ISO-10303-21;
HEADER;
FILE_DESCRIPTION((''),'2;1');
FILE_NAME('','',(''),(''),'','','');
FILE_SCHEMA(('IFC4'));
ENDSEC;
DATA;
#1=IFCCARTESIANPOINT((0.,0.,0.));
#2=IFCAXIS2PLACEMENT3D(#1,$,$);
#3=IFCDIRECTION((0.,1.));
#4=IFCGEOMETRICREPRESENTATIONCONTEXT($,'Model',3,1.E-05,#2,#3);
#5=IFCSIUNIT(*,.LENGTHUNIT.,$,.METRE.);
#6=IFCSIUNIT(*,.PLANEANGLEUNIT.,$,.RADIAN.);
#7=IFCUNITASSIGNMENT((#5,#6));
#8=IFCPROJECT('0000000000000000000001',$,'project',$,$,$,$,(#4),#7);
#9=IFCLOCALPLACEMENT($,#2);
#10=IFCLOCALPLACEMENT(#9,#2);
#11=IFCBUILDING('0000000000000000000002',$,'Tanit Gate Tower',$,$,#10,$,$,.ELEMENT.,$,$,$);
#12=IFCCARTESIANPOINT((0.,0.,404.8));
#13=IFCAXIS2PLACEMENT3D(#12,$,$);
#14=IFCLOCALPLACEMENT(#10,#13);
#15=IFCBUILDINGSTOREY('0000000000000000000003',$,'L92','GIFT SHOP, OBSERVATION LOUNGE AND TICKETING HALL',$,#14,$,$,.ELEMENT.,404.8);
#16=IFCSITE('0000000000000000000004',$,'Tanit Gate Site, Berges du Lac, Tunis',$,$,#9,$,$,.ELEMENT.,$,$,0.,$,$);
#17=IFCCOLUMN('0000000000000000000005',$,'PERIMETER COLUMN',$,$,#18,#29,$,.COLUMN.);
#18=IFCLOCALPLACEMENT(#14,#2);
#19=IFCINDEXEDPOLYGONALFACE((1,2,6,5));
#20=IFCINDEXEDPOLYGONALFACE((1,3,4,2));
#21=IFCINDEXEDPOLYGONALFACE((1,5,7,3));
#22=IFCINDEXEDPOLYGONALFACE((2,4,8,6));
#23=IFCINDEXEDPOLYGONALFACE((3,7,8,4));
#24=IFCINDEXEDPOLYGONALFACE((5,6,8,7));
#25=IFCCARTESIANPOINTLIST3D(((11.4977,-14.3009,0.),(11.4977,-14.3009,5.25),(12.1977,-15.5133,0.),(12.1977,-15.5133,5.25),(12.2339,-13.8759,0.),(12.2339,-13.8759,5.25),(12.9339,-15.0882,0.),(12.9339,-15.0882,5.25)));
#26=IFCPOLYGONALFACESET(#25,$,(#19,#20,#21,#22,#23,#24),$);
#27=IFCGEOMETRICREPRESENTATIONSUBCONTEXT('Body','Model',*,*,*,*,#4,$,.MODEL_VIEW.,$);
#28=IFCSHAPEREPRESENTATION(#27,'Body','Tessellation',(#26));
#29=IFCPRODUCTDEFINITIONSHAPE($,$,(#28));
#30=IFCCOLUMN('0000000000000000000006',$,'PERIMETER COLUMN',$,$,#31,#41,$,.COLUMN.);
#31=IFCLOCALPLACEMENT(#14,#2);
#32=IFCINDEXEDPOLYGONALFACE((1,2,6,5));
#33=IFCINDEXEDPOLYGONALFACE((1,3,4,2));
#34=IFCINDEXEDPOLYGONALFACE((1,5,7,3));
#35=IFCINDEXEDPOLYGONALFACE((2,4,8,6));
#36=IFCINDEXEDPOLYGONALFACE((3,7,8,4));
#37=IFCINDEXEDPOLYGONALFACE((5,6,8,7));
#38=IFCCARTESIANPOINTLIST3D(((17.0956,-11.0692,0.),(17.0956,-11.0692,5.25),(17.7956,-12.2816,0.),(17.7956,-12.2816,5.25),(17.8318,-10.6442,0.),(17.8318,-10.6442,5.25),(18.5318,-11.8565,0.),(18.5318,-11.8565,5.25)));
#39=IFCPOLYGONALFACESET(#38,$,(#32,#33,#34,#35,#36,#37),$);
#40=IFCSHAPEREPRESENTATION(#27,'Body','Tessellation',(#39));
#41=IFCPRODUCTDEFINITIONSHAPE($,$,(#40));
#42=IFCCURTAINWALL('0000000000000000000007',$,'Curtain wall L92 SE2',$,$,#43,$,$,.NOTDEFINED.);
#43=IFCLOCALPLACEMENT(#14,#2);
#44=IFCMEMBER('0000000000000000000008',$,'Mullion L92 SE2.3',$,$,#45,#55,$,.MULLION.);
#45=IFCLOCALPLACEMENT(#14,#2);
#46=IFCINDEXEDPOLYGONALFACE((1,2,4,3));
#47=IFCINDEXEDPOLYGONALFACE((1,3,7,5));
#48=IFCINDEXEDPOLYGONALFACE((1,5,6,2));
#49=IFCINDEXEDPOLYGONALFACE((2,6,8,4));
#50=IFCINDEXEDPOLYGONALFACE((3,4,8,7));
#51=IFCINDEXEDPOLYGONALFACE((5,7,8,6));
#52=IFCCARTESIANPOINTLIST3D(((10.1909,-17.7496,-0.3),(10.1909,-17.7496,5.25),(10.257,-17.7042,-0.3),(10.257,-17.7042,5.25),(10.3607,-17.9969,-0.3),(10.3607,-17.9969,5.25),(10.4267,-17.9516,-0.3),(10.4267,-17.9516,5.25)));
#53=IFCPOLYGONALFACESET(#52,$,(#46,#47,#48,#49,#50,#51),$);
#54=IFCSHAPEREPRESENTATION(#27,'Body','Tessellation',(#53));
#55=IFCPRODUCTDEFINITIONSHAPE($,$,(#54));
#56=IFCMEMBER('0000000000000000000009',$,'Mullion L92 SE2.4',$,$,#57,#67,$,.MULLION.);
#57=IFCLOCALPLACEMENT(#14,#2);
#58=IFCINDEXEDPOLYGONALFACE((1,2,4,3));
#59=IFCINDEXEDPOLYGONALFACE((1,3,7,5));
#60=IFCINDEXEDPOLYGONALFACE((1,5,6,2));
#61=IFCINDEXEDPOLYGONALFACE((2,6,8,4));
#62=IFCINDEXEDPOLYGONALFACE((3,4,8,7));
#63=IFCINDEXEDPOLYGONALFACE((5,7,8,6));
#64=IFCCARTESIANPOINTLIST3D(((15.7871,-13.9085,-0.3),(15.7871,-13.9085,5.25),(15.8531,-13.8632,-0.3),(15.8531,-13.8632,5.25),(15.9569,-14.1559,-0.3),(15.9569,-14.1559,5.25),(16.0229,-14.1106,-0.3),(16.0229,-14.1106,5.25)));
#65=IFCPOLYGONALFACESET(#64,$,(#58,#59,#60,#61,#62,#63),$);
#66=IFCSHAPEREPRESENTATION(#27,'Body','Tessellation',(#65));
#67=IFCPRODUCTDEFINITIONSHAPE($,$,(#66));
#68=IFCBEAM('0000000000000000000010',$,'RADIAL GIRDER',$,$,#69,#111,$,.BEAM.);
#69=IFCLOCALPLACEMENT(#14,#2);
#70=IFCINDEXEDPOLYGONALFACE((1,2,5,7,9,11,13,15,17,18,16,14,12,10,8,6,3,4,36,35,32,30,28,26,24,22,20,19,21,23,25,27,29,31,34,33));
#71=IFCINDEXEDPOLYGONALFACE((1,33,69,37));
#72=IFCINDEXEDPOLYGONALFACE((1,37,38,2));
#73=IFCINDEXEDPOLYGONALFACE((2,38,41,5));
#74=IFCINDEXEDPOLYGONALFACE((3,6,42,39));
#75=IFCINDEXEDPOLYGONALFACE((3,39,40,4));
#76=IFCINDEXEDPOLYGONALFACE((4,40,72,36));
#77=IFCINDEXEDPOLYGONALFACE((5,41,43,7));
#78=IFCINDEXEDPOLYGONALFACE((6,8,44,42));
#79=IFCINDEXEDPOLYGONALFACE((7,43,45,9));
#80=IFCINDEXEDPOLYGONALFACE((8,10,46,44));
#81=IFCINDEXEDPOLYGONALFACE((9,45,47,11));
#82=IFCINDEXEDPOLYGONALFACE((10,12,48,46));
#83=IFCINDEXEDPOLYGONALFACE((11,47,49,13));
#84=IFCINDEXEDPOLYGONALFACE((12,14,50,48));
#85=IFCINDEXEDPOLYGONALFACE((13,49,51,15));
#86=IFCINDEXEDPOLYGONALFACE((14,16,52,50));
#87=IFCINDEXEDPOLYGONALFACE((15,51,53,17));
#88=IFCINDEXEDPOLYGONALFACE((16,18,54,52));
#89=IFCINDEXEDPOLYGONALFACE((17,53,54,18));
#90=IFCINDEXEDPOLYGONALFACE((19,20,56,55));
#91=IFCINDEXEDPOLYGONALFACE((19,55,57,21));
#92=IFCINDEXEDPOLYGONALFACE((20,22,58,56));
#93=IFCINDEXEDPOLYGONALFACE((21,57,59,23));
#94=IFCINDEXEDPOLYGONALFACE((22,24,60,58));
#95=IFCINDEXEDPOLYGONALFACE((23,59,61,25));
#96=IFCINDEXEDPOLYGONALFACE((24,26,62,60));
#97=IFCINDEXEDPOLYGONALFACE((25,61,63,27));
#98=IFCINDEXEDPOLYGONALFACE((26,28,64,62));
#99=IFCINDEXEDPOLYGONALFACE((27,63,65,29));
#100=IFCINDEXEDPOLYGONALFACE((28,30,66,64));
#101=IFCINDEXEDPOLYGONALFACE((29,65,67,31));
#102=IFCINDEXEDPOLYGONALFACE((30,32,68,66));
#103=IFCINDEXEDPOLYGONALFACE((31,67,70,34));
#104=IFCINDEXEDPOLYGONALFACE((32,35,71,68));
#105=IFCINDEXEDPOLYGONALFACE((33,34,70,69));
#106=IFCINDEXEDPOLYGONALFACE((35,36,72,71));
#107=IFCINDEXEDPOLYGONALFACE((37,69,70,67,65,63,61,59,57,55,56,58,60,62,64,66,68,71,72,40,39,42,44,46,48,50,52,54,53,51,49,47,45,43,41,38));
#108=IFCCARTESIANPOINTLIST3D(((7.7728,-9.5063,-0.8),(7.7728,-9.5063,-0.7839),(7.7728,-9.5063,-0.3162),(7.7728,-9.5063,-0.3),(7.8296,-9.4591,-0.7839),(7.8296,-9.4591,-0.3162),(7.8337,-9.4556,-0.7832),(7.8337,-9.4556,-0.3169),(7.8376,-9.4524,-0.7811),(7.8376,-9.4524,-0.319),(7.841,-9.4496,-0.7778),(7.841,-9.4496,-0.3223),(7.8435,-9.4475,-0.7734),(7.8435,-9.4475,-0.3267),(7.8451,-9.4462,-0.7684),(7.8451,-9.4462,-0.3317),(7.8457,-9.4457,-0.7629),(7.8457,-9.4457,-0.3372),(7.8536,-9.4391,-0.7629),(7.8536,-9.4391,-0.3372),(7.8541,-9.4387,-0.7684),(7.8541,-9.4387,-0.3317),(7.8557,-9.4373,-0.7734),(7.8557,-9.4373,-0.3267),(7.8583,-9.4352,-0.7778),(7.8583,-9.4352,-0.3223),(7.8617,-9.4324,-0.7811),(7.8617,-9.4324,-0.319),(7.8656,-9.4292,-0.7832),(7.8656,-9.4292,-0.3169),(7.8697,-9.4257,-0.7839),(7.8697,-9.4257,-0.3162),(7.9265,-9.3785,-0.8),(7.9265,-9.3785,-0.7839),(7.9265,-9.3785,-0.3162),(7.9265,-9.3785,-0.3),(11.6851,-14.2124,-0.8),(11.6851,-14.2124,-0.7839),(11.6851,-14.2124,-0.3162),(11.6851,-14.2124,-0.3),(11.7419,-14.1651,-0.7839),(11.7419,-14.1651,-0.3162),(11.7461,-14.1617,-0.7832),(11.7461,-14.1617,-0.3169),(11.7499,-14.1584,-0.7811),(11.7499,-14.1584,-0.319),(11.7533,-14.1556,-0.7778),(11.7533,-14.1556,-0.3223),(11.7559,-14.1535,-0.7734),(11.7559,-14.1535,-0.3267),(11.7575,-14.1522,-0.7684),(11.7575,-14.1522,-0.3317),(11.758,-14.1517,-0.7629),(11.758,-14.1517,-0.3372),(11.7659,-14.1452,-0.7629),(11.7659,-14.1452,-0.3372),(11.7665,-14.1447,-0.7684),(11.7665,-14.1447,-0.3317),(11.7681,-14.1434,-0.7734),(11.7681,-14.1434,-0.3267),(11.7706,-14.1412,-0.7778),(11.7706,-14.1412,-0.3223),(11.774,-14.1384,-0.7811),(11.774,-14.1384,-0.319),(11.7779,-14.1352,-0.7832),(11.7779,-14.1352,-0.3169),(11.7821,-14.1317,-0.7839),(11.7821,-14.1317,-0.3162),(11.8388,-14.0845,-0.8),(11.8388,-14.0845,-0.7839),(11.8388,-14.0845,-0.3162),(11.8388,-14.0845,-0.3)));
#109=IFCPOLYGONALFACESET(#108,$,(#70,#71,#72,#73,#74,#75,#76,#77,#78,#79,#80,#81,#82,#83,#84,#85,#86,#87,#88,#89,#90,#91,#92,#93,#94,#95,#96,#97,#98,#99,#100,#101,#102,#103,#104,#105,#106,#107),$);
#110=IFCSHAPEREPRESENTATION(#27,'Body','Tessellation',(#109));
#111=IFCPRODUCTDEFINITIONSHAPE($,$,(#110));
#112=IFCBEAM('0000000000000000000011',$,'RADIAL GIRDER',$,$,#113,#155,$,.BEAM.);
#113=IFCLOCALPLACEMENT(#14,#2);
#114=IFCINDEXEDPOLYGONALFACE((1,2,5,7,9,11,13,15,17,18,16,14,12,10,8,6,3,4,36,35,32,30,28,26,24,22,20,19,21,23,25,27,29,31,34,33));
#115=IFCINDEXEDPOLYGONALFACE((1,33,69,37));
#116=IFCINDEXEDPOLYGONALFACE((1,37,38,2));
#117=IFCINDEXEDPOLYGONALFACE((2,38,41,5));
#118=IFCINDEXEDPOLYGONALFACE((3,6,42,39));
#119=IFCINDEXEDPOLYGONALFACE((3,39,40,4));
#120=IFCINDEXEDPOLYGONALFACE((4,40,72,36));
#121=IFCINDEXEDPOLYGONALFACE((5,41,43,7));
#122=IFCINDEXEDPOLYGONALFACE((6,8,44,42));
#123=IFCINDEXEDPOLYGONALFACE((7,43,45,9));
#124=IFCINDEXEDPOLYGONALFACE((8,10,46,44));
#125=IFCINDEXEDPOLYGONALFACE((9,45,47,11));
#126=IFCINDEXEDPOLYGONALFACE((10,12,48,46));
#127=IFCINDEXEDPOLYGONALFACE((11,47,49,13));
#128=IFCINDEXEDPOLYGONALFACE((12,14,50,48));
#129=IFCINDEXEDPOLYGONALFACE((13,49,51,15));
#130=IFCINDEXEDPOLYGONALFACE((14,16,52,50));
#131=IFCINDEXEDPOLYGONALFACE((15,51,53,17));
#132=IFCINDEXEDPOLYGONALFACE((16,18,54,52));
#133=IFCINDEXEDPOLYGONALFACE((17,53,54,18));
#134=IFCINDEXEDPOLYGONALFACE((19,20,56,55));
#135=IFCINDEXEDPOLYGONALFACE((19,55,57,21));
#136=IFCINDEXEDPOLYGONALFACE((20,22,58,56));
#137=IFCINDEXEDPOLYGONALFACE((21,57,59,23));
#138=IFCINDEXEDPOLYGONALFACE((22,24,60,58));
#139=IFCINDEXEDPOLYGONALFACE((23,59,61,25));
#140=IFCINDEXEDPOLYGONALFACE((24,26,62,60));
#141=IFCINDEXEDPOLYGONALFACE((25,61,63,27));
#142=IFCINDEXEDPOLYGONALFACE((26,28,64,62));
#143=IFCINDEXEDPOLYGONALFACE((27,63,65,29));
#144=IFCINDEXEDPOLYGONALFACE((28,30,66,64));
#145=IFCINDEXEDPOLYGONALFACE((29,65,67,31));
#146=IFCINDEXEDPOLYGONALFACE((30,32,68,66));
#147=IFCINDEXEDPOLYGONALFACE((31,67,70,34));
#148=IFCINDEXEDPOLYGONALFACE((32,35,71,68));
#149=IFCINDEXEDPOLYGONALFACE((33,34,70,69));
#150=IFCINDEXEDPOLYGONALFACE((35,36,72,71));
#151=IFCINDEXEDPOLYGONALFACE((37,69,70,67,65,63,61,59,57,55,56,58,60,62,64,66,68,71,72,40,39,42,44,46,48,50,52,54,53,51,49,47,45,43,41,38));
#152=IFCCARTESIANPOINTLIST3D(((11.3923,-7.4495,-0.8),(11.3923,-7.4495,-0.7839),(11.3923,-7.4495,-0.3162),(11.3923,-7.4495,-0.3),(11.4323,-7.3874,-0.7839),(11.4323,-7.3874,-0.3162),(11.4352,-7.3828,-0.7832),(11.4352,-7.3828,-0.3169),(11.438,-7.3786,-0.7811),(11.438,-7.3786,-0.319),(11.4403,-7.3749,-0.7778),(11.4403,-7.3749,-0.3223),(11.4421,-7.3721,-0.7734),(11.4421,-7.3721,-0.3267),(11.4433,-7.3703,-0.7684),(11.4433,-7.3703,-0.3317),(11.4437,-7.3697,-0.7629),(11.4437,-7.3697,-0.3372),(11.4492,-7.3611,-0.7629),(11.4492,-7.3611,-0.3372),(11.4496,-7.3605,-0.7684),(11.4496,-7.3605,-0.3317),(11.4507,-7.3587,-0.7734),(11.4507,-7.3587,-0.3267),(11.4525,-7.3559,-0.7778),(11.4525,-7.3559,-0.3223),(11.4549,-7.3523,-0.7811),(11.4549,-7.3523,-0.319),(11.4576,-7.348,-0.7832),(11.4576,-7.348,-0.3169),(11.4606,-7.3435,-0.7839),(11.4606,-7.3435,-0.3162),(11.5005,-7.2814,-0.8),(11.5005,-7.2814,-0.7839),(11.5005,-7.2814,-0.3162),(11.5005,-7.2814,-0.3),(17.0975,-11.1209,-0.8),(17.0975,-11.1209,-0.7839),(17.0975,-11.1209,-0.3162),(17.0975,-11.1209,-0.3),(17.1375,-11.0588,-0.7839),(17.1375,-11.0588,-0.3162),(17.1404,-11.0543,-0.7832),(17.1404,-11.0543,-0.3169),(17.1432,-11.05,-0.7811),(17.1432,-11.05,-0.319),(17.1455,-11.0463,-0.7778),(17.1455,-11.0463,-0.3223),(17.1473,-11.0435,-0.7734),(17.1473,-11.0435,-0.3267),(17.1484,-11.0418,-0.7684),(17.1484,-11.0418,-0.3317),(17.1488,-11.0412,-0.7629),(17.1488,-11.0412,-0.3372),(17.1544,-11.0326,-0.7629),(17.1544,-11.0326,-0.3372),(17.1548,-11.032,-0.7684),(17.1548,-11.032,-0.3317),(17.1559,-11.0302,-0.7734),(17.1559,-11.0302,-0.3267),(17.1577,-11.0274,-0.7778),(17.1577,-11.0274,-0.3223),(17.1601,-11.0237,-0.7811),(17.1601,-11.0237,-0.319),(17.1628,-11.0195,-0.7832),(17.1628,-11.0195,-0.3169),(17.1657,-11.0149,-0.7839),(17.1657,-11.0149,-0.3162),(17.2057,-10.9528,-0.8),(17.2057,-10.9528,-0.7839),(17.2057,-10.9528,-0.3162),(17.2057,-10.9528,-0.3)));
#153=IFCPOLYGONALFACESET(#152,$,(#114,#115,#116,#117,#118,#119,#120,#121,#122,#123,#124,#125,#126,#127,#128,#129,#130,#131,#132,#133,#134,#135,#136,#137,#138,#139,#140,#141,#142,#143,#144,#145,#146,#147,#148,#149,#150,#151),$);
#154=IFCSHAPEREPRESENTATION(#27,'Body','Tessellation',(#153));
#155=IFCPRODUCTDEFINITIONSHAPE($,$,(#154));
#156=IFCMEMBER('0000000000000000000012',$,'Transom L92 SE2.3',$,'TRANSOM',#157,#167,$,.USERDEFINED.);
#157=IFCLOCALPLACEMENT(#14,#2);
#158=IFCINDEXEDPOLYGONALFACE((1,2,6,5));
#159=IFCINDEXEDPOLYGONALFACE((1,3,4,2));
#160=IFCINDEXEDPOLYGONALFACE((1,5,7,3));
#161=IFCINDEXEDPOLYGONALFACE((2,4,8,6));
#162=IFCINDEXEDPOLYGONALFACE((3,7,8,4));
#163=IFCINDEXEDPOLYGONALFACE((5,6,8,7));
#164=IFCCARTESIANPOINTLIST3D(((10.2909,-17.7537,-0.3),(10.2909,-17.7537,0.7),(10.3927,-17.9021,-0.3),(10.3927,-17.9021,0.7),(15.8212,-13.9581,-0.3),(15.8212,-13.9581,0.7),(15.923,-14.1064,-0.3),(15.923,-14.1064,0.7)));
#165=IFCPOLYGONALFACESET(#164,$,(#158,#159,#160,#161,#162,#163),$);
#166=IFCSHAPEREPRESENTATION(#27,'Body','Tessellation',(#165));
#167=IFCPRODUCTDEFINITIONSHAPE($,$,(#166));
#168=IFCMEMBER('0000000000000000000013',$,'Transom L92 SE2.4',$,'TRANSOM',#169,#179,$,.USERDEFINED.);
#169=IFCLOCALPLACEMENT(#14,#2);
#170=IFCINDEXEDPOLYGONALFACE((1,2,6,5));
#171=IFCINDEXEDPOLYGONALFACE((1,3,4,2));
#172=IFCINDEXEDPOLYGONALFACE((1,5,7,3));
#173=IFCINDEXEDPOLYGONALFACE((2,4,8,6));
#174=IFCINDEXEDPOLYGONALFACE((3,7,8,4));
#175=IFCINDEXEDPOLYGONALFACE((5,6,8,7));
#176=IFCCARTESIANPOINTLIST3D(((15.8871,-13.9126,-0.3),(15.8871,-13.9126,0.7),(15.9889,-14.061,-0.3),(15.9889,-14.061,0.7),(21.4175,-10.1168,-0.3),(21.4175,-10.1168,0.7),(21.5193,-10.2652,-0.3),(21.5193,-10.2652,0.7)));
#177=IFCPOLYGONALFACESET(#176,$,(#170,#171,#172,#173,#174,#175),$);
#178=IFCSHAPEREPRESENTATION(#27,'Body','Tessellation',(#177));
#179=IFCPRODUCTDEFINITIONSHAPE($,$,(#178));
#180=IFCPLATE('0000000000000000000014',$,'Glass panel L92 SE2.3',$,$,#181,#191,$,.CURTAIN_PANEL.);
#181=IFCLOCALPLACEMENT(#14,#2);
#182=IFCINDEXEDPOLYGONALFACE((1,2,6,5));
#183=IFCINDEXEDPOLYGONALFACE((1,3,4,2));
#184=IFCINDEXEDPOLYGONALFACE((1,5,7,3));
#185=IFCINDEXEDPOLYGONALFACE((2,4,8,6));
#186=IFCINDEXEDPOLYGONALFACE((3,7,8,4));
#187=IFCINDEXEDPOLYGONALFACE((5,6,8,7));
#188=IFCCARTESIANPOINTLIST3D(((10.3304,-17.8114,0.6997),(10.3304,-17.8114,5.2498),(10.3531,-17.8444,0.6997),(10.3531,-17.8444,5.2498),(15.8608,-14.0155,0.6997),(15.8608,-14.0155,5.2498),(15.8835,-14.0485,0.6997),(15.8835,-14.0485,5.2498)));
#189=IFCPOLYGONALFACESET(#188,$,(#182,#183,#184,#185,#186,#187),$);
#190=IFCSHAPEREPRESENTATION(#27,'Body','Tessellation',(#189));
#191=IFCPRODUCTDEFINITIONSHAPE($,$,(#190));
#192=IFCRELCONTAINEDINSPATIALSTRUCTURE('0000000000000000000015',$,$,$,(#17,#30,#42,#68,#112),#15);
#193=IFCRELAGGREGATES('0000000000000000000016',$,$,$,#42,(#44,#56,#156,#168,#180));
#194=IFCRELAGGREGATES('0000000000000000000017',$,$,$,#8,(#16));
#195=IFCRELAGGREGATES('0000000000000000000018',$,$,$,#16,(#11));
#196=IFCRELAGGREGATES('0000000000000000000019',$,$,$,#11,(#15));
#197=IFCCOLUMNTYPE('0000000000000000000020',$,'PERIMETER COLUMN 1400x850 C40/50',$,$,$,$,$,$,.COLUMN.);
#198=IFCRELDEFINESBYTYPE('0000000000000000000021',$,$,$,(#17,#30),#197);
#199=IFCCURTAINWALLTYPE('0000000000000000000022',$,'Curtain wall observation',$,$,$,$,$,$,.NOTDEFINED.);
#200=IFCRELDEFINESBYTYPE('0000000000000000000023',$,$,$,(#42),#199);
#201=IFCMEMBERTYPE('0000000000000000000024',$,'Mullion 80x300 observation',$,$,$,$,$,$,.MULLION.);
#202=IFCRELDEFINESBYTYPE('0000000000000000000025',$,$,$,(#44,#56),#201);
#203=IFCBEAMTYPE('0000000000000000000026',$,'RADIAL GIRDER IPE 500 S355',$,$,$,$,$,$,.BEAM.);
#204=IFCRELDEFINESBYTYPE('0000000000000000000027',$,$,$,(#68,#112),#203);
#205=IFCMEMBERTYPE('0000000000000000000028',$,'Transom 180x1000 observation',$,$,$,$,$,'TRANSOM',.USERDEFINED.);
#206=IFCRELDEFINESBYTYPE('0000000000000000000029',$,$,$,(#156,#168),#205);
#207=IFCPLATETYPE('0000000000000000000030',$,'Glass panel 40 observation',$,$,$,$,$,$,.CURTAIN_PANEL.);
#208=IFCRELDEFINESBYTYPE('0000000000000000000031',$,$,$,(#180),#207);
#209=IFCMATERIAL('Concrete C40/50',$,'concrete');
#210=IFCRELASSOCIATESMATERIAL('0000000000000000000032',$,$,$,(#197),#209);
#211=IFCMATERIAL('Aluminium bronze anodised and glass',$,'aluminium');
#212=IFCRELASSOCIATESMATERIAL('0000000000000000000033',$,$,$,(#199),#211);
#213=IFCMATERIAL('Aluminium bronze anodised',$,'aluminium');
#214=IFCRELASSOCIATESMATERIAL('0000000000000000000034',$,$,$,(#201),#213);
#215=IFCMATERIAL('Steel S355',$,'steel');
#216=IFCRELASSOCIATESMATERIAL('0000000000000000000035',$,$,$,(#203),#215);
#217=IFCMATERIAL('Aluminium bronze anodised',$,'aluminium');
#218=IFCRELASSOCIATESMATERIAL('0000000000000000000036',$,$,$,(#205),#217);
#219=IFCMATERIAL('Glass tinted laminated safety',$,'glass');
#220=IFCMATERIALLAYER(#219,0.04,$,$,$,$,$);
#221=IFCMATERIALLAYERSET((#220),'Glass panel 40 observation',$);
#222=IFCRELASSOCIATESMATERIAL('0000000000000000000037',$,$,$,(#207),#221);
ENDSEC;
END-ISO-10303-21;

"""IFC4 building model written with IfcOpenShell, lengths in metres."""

from ifc_helpers import new_model, si_unit, direction, frame, origin, origin_2d, place, context, subcontext, project, spatial, rectangle, i_section, extrude, material, layer, layer_set, material_profile, profile_set, type_object, element, aggregate, save


model = new_model("IFC4")

# Units and contexts
model_context = context("Model", 3, precision=1e-05, world=origin(), true_north=direction((0.0, 1.0)))
body_context = subcontext(model_context, "Body", "Model", "MODEL_VIEW")
ifc_project = project(units=[si_unit("LENGTHUNIT", "METRE"), si_unit("PLANEANGLEUNIT", "RADIAN")], contexts=[model_context])

# Site, building, storey
site_placement = place(None, origin())
site = spatial("IfcSite", under=ifc_project, at=site_placement, Name="Tanit Gate Site, Berges du Lac, Tunis", CompositionType="ELEMENT", RefElevation=0.0)
building_placement = place(site_placement, origin())
building = spatial("IfcBuilding", under=site, at=building_placement, Name="Tanit Gate Tower", CompositionType="ELEMENT")
storey_placement = place(building_placement, frame((0.0, 0.0, 404.8)))
storey = spatial("IfcBuildingStorey", under=building, at=storey_placement, Name="L92", Description="GIFT SHOP, OBSERVATION LOUNGE AND TICKETING HALL", CompositionType="ELEMENT", Elevation=404.8)

# Columns
ifc_material_1 = material(Name="Concrete C40/50", Category="concrete")
ifc_material_profile_1 = material_profile(ifc_material_1, rectangle(XDim=1.3999, YDim=0.8501, at=origin_2d()), Name="RC 1400x850")
ifc_profile_set_1 = profile_set([ifc_material_profile_1], Name="Concrete C40/50")
column_type = type_object("IfcColumnType", Name="PERIMETER COLUMN 1400x850 C40/50", PredefinedType="COLUMN", material=ifc_profile_set_1)
for number, where, z_axis, x_axis, name in (
    (1, (12.2158, -14.6946, 0.0), (0.0, 0.0, 1.0), (0.5, -0.866025, 0.0), "PERIMETER COLUMN"),
    (2, (17.8137, -11.4629, 0.0), (0.0, 0.0, 1.0), (0.5, -0.866025, 0.0), "PERIMETER COLUMN"),
):
    element("IfcColumn", number, at=place(storey_placement, frame(where, z_axis=z_axis, x_axis=x_axis)), inside=storey, type_object=column_type, Name=name, PredefinedType="COLUMN", context=body_context, shape_type="SweptSolid", body=[
        extrude(rectangle(XDim=1.3999, YDim=0.8501, at=origin_2d()), origin(), (0.0, 0.0, 1.0), 5.25),
    ])

# Curtain wall, members
ifc_material_2 = material(Name="Aluminium bronze anodised and glass", Category="aluminium")
curtain_wall_type = type_object("IfcCurtainWallType", Name="Curtain wall observation", PredefinedType="NOTDEFINED", material=ifc_material_2)
curtain_wall_placement = place(storey_placement, origin())
curtain_wall = element("IfcCurtainWall", 3, at=curtain_wall_placement, inside=storey, type_object=curtain_wall_type, Name="Curtain wall L92 SE2", PredefinedType="NOTDEFINED")
ifc_material_3 = material(Name="Aluminium bronze anodised", Category="aluminium")
ifc_material_profile_2 = material_profile(ifc_material_3, rectangle(XDim=0.3, YDim=0.0801, at=origin_2d()), Name="80x300 bronze mullion")
ifc_profile_set_2 = profile_set([ifc_material_profile_2], Name="Aluminium bronze anodised")
member_type_1 = type_object("IfcMemberType", Name="Mullion 80x300 observation", PredefinedType="MULLION", material=ifc_profile_set_2)
member_1_placement = place(storey_placement, frame((10.3088, -17.8506, -0.3), z_axis=(0.0, 0.0, 1.0), x_axis=(-0.565893, 0.824479, 0.0)))
member_1 = element("IfcMember", 4, at=member_1_placement, type_object=member_type_1, Name="Mullion L92 SE2.3", PredefinedType="MULLION", context=body_context, shape_type="SweptSolid", body=[
    extrude(rectangle(XDim=0.3, YDim=0.0801, at=origin_2d()), origin(), (0.0, 0.0, 1.0), 5.55),
])
member_2_placement = place(storey_placement, frame((15.905, -14.0095, -0.3), z_axis=(0.0, 0.0, 1.0), x_axis=(-0.565893, 0.824479, 0.0)))
member_2 = element("IfcMember", 5, at=member_2_placement, type_object=member_type_1, Name="Mullion L92 SE2.4", PredefinedType="MULLION", context=body_context, shape_type="SweptSolid", body=[
    extrude(rectangle(XDim=0.3, YDim=0.0801, at=origin_2d()), origin(), (0.0, 0.0, 1.0), 5.55),
])

# Beams
ifc_material_4 = material(Name="Steel S355", Category="steel")
ifc_material_profile_3 = material_profile(ifc_material_4, i_section(OverallWidth=0.2, OverallDepth=0.5, WebThickness=0.0103, FlangeThickness=0.0161, FilletRadius=0.021, at=origin_2d()), Name="IPE 500")
ifc_profile_set_3 = profile_set([ifc_material_profile_3], Name="Steel S355")
beam_type = type_object("IfcBeamType", Name="RADIAL GIRDER IPE 500 S355", PredefinedType="BEAM", material=ifc_profile_set_3)
beam_1_placement = place(storey_placement, frame((11.762, -14.1484, -0.55), z_axis=(-0.639281, 0.768973, 0.0), x_axis=(-0.768973, -0.639281, 0.0)))
element("IfcBeam", 6, at=beam_1_placement, inside=storey, type_object=beam_type, Name="RADIAL GIRDER", PredefinedType="BEAM", context=body_context, shape_type="SweptSolid", body=[
    extrude(i_section(OverallWidth=0.2, OverallDepth=0.5, WebThickness=0.0103, FlangeThickness=0.0161, FilletRadius=0.021, at=origin_2d()), origin(), (0.0, 0.0, 1.0), 6.1199),
])
beam_2_placement = place(storey_placement, frame((17.1516, -11.0369, -0.55), z_axis=(-0.840921, 0.541158, 0.0), x_axis=(-0.541158, -0.840921, 0.0)))
element("IfcBeam", 7, at=beam_2_placement, inside=storey, type_object=beam_type, Name="RADIAL GIRDER", PredefinedType="BEAM", context=body_context, shape_type="SweptSolid", body=[
    extrude(i_section(OverallWidth=0.2, OverallDepth=0.5, WebThickness=0.0103, FlangeThickness=0.0161, FilletRadius=0.021, at=origin_2d()), origin(), (0.0, 0.0, 1.0), 6.7844),
])

# Members
ifc_material_5 = material(Name="Aluminium bronze anodised", Category="aluminium")
ifc_material_profile_4 = material_profile(ifc_material_5, rectangle(XDim=0.1799, YDim=1.0, at=origin_2d()), Name="180x1000 bronze transom")
ifc_profile_set_4 = profile_set([ifc_material_profile_4], Name="Aluminium bronze anodised")
member_type_2 = type_object("IfcMemberType", Name="Transom 180x1000 observation", ElementType="TRANSOM", PredefinedType="USERDEFINED", material=ifc_profile_set_4)
member_3_placement = place(storey_placement, frame((10.3418, -17.8279, 0.2), z_axis=(0.824488, 0.56588, 0.0), x_axis=(-0.56588, 0.824488, 0.0)))
member_3 = element("IfcMember", 8, at=member_3_placement, type_object=member_type_2, Name="Transom L92 SE2.3", ObjectType="TRANSOM", PredefinedType="USERDEFINED", context=body_context, shape_type="SweptSolid", body=[
    extrude(rectangle(XDim=0.1799, YDim=1.0, at=origin_2d()), origin(), (0.0, 0.0, 1.0), 6.7075),
])
member_4_placement = place(storey_placement, frame((15.938, -13.9868, 0.2), z_axis=(0.824482, 0.565888, 0.0), x_axis=(-0.565888, 0.824482, 0.0)))
member_4 = element("IfcMember", 9, at=member_4_placement, type_object=member_type_2, Name="Transom L92 SE2.4", ObjectType="TRANSOM", PredefinedType="USERDEFINED", context=body_context, shape_type="SweptSolid", body=[
    extrude(rectangle(XDim=0.1799, YDim=1.0, at=origin_2d()), origin(), (0.0, 0.0, 1.0), 6.7078),
])

# Plate
ifc_material_6 = material(Name="Glass tinted laminated safety", Category="glass")
ifc_layer_1 = layer(ifc_material_6, 0.04)
ifc_layer_set_1 = layer_set([ifc_layer_1], Name="Glass panel 40 observation")
plate_type = type_object("IfcPlateType", Name="Glass panel 40 observation", PredefinedType="CURTAIN_PANEL", material=ifc_layer_set_1)
plate_1_placement = place(storey_placement, frame((13.1069, -15.9299, 0.6997), z_axis=(0.0, 0.0, 1.0), x_axis=(0.824479, 0.565893, 0.0)))
plate_1 = element("IfcPlate", 10, at=plate_1_placement, type_object=plate_type, Name="Glass panel L92 SE2.3", PredefinedType="CURTAIN_PANEL", context=body_context, shape_type="SweptSolid", body=[
    extrude(rectangle(XDim=6.7078, YDim=0.04, at=origin_2d()), origin(), (0.0, 0.0, 1.0), 4.55),
])
aggregate(curtain_wall, [member_1, member_2, member_3, member_4, plate_1])

save(model, "model.ifc")
